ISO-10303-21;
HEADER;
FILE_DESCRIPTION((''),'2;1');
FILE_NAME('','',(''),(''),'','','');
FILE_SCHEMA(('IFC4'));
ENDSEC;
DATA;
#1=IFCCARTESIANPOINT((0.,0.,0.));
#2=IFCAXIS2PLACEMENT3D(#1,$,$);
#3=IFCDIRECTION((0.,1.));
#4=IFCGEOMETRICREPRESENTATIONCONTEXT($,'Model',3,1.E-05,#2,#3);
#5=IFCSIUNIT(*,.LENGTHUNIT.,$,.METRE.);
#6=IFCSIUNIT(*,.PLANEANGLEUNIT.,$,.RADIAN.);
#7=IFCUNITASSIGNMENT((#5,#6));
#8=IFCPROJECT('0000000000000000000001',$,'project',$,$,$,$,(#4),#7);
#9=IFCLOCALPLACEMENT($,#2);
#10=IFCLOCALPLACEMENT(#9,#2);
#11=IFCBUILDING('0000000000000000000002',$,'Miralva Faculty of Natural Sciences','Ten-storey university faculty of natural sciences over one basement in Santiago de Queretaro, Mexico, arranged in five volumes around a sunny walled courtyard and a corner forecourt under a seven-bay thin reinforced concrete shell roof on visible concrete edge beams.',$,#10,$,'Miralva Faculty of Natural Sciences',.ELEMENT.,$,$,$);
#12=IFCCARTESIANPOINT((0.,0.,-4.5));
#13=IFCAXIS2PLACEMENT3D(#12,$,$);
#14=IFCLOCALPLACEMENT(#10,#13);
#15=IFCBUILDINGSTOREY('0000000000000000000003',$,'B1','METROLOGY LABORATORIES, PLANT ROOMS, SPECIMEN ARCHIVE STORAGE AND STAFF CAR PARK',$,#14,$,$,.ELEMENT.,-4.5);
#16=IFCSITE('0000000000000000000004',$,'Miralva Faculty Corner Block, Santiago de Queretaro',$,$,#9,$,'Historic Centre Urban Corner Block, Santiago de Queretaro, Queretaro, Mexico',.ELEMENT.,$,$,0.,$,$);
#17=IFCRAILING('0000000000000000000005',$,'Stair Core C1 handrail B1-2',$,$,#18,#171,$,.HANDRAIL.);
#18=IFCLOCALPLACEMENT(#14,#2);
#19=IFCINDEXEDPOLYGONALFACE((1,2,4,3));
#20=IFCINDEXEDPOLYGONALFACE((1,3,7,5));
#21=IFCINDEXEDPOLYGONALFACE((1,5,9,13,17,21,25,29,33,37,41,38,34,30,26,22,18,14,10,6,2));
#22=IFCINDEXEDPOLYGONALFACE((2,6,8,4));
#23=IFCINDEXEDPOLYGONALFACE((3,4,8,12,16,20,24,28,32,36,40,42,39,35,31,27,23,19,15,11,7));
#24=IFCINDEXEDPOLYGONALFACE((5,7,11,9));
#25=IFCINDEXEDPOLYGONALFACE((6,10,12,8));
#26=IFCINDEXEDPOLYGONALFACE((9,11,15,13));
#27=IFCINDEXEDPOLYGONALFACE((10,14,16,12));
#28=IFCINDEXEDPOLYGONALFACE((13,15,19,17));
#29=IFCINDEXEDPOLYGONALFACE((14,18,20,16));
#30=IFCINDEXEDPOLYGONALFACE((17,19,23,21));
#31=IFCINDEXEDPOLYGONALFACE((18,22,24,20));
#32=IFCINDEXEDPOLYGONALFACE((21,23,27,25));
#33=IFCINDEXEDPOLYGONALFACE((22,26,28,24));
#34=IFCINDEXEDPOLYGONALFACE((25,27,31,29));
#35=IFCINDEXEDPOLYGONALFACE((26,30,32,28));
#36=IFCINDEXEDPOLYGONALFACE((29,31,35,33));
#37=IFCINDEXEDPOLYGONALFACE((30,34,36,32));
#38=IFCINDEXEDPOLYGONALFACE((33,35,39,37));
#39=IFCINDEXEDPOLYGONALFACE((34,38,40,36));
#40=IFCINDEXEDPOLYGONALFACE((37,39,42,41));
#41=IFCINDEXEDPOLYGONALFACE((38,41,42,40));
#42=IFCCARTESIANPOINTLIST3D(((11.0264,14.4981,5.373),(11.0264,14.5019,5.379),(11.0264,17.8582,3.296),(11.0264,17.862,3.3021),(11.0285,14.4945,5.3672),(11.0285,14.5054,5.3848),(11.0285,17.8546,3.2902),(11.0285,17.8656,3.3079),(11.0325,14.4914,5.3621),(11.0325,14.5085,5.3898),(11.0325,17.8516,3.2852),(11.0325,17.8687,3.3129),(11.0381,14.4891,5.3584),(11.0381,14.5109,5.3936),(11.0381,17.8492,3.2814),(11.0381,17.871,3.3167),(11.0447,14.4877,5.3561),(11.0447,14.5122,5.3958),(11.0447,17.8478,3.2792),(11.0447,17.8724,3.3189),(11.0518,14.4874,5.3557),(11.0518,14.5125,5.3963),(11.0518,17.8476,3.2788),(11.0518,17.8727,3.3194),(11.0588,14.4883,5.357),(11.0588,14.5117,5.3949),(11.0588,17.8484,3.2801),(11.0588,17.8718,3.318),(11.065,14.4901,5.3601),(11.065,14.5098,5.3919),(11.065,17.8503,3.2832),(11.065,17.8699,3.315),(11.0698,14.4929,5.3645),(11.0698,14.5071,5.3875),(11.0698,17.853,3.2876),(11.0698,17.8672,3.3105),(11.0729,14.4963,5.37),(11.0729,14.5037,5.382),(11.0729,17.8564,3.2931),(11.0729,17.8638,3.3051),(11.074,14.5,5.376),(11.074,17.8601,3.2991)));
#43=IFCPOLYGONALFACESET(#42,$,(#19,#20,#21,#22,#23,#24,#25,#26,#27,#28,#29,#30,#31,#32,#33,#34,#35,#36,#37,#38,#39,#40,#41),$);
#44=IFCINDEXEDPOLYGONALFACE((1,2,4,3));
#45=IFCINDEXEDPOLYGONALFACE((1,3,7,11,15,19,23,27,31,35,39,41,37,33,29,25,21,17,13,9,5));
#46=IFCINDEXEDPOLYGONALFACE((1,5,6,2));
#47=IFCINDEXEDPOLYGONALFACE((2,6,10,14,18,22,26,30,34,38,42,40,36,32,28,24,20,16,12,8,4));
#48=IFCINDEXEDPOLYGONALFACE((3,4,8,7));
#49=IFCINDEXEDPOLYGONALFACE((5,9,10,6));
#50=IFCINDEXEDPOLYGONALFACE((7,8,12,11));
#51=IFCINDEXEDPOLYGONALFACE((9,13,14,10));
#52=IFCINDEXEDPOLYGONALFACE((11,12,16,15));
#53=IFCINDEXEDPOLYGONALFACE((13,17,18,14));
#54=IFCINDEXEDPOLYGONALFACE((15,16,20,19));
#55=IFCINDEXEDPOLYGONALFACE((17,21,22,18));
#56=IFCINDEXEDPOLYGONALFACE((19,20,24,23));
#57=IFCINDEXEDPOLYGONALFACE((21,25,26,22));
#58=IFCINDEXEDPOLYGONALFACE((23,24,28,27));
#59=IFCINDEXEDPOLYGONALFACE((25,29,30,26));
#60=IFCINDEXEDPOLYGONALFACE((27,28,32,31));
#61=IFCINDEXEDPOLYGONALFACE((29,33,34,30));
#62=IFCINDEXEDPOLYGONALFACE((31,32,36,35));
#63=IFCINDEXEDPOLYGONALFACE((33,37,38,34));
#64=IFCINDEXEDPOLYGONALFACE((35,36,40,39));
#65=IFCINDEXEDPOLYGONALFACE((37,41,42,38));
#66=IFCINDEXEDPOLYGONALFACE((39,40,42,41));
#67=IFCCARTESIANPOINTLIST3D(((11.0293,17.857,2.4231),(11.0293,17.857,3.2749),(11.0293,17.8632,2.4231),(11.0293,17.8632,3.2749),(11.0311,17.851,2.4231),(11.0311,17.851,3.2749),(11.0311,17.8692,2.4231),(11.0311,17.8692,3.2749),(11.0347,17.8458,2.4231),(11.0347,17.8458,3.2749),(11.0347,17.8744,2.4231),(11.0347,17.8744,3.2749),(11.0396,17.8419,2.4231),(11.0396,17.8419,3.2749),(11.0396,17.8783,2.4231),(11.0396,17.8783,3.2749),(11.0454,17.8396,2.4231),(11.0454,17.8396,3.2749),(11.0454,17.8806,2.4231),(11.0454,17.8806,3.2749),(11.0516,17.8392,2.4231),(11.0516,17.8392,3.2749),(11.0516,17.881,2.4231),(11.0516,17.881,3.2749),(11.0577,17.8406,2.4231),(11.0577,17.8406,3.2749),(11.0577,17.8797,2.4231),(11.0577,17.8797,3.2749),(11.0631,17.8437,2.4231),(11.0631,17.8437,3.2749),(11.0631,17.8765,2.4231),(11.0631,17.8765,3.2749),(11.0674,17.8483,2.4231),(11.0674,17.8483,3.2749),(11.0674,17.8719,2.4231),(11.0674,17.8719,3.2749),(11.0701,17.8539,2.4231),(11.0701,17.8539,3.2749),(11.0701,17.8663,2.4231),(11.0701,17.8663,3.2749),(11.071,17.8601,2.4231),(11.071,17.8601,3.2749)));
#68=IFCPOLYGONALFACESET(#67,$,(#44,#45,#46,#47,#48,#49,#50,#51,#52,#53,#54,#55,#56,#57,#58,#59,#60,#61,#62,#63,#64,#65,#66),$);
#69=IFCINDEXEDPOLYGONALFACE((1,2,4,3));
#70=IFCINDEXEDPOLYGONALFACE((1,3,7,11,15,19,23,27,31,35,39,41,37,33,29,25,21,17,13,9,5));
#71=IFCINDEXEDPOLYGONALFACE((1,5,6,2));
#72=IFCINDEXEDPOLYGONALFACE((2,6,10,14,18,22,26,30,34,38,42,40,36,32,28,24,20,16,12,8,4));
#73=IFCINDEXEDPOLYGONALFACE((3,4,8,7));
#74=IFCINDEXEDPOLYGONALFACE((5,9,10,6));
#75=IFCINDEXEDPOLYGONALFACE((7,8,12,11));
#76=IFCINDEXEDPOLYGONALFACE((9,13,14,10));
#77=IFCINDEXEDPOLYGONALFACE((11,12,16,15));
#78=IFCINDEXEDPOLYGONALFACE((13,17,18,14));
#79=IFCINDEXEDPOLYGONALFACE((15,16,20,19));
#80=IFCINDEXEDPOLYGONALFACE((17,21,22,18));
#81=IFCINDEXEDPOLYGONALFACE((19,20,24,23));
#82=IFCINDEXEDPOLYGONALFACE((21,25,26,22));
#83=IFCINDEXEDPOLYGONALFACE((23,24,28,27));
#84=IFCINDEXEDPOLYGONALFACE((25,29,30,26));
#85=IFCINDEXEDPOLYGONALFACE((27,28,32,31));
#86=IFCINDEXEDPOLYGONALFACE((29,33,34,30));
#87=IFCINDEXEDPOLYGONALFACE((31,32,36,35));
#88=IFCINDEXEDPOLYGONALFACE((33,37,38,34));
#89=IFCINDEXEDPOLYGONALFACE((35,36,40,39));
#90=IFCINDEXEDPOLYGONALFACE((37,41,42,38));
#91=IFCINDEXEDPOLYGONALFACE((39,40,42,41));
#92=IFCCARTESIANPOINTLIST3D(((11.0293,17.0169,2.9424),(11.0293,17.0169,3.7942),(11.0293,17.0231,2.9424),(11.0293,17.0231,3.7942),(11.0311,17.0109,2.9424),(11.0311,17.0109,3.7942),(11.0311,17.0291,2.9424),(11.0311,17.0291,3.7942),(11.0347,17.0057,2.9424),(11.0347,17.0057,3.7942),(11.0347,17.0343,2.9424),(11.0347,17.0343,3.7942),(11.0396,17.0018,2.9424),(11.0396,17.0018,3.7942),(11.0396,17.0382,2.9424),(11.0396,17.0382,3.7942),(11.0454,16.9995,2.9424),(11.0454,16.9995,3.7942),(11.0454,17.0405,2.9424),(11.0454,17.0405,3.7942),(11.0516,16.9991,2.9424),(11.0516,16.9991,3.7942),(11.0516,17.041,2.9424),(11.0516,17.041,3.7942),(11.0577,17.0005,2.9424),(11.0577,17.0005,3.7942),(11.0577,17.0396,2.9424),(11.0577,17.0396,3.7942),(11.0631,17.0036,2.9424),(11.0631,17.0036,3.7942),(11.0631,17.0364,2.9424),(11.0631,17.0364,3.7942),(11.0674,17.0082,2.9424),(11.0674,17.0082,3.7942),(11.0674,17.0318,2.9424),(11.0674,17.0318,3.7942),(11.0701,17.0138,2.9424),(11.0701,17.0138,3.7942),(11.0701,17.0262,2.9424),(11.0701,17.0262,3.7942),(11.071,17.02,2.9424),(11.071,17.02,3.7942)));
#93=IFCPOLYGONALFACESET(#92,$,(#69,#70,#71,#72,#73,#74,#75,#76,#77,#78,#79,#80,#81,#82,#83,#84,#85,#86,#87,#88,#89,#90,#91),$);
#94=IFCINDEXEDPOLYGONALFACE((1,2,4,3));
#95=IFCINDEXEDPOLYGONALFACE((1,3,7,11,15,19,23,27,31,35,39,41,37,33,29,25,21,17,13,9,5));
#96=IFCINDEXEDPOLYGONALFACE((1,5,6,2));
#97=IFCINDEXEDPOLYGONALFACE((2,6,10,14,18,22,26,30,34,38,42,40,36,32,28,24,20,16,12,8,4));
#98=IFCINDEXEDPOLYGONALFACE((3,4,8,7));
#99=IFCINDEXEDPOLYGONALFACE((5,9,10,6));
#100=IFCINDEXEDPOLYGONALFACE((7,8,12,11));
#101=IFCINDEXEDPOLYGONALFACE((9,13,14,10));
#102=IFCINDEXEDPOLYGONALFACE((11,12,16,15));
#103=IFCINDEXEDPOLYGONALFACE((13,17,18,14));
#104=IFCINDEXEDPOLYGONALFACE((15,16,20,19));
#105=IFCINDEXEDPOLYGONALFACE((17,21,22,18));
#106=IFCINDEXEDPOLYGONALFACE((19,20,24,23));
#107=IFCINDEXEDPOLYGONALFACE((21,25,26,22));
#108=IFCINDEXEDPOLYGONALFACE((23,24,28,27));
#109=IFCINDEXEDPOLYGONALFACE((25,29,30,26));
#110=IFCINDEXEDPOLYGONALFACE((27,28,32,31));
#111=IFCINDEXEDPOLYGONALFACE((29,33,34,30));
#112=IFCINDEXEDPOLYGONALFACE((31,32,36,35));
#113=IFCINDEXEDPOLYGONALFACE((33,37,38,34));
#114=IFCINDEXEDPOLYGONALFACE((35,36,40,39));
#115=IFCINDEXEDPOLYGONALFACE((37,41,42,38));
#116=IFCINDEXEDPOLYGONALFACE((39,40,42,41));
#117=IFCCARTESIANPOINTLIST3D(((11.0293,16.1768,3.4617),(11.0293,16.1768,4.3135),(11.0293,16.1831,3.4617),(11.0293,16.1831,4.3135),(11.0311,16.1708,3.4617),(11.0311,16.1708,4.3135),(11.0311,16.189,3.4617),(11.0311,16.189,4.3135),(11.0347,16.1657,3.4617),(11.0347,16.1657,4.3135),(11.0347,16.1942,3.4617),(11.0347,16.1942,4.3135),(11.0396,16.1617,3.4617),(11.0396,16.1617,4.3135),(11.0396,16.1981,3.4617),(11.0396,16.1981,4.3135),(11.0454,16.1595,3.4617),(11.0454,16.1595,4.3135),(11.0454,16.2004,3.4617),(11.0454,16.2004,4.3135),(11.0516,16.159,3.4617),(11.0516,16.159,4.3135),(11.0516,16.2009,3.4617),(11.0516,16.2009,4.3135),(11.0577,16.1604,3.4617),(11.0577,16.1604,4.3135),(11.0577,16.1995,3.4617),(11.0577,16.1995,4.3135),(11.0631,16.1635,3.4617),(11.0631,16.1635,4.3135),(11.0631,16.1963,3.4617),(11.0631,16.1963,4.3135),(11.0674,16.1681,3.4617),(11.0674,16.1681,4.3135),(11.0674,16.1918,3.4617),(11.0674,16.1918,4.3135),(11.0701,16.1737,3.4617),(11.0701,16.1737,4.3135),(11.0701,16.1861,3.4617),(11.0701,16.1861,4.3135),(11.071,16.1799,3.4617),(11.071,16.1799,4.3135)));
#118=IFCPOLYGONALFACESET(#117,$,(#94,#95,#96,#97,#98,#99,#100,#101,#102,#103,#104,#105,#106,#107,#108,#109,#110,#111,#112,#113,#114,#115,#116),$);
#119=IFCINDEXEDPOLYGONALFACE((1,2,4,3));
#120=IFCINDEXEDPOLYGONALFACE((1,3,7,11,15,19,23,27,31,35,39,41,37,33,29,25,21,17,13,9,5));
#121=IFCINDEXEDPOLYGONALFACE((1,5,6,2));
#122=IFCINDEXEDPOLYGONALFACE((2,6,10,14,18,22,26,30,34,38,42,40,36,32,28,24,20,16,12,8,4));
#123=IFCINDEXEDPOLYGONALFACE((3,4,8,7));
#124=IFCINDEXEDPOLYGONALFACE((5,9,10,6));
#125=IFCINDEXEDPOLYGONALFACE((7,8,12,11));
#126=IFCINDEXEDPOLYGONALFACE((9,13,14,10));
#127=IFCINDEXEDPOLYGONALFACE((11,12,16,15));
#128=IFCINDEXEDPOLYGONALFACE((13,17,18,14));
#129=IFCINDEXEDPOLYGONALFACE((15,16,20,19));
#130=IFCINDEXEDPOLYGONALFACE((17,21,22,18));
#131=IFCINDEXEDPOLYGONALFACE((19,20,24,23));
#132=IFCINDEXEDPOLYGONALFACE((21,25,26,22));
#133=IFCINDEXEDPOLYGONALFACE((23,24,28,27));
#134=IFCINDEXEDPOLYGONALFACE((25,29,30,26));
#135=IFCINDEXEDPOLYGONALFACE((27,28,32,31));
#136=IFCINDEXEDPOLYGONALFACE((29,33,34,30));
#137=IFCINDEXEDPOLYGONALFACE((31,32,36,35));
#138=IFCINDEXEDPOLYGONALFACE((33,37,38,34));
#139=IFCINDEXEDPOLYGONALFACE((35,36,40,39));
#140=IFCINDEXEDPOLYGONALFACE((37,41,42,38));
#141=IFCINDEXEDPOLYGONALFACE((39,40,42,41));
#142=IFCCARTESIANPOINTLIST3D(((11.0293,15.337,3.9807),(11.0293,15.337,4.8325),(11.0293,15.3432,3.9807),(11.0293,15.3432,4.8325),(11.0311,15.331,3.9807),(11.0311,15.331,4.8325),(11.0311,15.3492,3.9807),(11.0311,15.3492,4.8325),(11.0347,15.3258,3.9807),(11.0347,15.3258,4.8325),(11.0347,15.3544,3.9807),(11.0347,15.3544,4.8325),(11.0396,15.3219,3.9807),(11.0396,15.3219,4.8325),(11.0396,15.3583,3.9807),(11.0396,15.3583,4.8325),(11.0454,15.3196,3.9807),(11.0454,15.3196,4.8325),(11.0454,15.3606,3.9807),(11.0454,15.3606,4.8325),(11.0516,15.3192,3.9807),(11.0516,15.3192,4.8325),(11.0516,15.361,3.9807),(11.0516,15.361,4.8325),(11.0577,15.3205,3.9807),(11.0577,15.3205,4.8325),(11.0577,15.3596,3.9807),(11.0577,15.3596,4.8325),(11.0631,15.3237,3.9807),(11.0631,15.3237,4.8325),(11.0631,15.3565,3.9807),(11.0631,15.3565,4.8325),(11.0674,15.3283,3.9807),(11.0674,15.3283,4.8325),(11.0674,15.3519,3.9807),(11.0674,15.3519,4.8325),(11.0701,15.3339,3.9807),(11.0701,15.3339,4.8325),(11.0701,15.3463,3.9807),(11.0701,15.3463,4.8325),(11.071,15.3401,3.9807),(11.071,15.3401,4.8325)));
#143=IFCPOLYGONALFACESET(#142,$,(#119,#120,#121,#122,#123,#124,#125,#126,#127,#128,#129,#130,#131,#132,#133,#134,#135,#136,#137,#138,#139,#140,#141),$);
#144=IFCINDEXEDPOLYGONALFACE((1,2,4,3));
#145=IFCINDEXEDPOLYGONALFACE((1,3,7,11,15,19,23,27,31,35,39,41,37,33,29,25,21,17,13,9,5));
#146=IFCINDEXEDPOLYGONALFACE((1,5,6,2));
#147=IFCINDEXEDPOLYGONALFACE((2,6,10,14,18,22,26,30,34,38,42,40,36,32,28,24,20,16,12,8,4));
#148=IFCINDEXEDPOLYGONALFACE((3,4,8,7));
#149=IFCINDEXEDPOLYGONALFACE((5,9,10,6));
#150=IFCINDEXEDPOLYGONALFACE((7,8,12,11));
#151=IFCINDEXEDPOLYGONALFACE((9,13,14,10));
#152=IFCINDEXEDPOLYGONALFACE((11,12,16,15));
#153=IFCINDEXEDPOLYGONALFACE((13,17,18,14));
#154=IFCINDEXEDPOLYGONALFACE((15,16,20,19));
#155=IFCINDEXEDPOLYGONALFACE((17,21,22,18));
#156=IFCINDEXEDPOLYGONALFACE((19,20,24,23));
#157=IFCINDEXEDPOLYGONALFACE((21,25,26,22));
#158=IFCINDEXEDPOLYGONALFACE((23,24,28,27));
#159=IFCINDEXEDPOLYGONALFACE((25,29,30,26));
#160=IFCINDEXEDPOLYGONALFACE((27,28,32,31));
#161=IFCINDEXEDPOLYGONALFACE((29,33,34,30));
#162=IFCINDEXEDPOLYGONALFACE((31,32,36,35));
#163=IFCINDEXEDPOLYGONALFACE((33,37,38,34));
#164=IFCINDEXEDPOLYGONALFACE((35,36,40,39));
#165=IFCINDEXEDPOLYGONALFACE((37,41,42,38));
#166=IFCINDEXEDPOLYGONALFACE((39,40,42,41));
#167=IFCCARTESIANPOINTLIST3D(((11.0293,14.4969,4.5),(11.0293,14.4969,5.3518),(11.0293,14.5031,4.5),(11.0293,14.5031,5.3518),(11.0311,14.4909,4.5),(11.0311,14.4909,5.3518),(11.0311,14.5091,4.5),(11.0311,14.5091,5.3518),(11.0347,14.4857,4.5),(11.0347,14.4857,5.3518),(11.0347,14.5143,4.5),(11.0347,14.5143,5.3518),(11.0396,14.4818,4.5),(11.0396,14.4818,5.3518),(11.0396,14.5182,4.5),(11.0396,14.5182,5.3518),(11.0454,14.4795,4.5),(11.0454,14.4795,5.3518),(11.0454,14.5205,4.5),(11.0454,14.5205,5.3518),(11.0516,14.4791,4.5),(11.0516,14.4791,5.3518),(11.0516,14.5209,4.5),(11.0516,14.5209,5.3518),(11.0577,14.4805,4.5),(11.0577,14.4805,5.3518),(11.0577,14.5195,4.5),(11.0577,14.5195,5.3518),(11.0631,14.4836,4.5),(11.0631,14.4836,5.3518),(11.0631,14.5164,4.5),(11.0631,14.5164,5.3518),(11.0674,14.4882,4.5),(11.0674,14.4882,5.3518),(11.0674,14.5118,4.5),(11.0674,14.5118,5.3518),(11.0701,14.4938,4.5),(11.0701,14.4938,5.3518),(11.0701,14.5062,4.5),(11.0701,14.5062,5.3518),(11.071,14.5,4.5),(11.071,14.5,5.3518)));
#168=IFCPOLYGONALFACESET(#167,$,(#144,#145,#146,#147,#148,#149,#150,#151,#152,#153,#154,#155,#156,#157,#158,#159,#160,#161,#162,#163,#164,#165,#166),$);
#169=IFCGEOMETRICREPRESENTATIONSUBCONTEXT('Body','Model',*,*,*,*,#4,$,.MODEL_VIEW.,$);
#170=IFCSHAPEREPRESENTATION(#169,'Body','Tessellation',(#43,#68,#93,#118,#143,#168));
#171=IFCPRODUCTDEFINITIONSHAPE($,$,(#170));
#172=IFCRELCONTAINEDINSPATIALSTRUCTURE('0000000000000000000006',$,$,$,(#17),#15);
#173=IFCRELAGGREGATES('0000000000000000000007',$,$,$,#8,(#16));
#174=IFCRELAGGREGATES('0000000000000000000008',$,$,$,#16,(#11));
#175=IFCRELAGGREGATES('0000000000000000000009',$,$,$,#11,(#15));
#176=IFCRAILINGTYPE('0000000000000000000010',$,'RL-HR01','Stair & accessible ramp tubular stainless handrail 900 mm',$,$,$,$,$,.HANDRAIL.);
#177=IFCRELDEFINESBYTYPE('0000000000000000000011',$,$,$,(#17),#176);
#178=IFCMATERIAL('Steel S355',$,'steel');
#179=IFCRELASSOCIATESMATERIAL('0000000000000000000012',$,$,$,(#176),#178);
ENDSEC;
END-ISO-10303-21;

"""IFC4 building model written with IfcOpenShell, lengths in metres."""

from ifc_helpers import new_model, si_unit, direction, frame, origin, origin_2d, place, context, subcontext, project, spatial, circle, extrude, material, type_object, element, save


model = new_model("IFC4")

# Units and contexts
model_context = context("Model", 3, precision=1e-05, world=origin(), true_north=direction((0.0, 1.0)))
body_context = subcontext(model_context, "Body", "Model", "MODEL_VIEW")
ifc_project = project(units=[si_unit("LENGTHUNIT", "METRE"), si_unit("PLANEANGLEUNIT", "RADIAN")], contexts=[model_context])

# Site, building, storey
site_placement = place(None, origin())
site = spatial("IfcSite", under=ifc_project, at=site_placement, Name="Miralva Faculty Corner Block, Santiago de Queretaro", LongName="Historic Centre Urban Corner Block, Santiago de Queretaro, Queretaro, Mexico", CompositionType="ELEMENT", RefElevation=0.0)
building_placement = place(site_placement, origin())
building = spatial("IfcBuilding", under=site, at=building_placement, Name="Miralva Faculty of Natural Sciences", Description="Ten-storey university faculty of natural sciences over one basement in Santiago de Queretaro, Mexico, arranged in five volumes around a sunny walled courtyard and a corner forecourt under a seven-bay thin reinforced concrete shell roof on visible concrete edge beams.", LongName="Miralva Faculty of Natural Sciences", CompositionType="ELEMENT")
storey_placement = place(building_placement, frame((0.0, 0.0, -4.5)))
storey = spatial("IfcBuildingStorey", under=building, at=storey_placement, Name="B1", Description="METROLOGY LABORATORIES, PLANT ROOMS, SPECIMEN ARCHIVE STORAGE AND STAFF CAR PARK", CompositionType="ELEMENT", Elevation=-4.5)

# Railing
ifc_material_1 = material(Name="Steel S355", Category="steel")
railing_type = type_object("IfcRailingType", Name="RL-HR01", Description="Stair & accessible ramp tubular stainless handrail 900 mm", PredefinedType="HANDRAIL", material=ifc_material_1)
railing_placement = place(storey_placement, frame((11.05, 17.8601, 2.4231)))
element("IfcRailing", 1, at=railing_placement, inside=storey, type_object=railing_type, Name="Stair Core C1 handrail B1-2", PredefinedType="HANDRAIL", context=body_context, shape_type="SweptSolid", body=[
    extrude(circle(Radius=0.0239, at=origin_2d()), frame((0.0, 0.0, 0.876), z_axis=(0.0, -0.850623, 0.525776), x_axis=(1.0, 0.0, 0.0)), (0.0, 0.0, 1.0), 3.9502),
    extrude(circle(Radius=0.021, at=origin_2d()), origin(), (0.0, 0.0, 1.0), 0.8518),
    extrude(circle(Radius=0.021, at=origin_2d()), frame((0.0, -0.8401, 0.5193)), (0.0, 0.0, 1.0), 0.8518),
    extrude(circle(Radius=0.021, at=origin_2d()), frame((0.0, -1.6802, 1.0386)), (0.0, 0.0, 1.0), 0.8518),
    extrude(circle(Radius=0.021, at=origin_2d()), frame((0.0, -2.52, 1.5576)), (0.0, 0.0, 1.0), 0.8518),
    extrude(circle(Radius=0.021, at=origin_2d()), frame((0.0, -3.3601, 2.0769)), (0.0, 0.0, 1.0), 0.8518),
])

save(model, "model.ifc")
